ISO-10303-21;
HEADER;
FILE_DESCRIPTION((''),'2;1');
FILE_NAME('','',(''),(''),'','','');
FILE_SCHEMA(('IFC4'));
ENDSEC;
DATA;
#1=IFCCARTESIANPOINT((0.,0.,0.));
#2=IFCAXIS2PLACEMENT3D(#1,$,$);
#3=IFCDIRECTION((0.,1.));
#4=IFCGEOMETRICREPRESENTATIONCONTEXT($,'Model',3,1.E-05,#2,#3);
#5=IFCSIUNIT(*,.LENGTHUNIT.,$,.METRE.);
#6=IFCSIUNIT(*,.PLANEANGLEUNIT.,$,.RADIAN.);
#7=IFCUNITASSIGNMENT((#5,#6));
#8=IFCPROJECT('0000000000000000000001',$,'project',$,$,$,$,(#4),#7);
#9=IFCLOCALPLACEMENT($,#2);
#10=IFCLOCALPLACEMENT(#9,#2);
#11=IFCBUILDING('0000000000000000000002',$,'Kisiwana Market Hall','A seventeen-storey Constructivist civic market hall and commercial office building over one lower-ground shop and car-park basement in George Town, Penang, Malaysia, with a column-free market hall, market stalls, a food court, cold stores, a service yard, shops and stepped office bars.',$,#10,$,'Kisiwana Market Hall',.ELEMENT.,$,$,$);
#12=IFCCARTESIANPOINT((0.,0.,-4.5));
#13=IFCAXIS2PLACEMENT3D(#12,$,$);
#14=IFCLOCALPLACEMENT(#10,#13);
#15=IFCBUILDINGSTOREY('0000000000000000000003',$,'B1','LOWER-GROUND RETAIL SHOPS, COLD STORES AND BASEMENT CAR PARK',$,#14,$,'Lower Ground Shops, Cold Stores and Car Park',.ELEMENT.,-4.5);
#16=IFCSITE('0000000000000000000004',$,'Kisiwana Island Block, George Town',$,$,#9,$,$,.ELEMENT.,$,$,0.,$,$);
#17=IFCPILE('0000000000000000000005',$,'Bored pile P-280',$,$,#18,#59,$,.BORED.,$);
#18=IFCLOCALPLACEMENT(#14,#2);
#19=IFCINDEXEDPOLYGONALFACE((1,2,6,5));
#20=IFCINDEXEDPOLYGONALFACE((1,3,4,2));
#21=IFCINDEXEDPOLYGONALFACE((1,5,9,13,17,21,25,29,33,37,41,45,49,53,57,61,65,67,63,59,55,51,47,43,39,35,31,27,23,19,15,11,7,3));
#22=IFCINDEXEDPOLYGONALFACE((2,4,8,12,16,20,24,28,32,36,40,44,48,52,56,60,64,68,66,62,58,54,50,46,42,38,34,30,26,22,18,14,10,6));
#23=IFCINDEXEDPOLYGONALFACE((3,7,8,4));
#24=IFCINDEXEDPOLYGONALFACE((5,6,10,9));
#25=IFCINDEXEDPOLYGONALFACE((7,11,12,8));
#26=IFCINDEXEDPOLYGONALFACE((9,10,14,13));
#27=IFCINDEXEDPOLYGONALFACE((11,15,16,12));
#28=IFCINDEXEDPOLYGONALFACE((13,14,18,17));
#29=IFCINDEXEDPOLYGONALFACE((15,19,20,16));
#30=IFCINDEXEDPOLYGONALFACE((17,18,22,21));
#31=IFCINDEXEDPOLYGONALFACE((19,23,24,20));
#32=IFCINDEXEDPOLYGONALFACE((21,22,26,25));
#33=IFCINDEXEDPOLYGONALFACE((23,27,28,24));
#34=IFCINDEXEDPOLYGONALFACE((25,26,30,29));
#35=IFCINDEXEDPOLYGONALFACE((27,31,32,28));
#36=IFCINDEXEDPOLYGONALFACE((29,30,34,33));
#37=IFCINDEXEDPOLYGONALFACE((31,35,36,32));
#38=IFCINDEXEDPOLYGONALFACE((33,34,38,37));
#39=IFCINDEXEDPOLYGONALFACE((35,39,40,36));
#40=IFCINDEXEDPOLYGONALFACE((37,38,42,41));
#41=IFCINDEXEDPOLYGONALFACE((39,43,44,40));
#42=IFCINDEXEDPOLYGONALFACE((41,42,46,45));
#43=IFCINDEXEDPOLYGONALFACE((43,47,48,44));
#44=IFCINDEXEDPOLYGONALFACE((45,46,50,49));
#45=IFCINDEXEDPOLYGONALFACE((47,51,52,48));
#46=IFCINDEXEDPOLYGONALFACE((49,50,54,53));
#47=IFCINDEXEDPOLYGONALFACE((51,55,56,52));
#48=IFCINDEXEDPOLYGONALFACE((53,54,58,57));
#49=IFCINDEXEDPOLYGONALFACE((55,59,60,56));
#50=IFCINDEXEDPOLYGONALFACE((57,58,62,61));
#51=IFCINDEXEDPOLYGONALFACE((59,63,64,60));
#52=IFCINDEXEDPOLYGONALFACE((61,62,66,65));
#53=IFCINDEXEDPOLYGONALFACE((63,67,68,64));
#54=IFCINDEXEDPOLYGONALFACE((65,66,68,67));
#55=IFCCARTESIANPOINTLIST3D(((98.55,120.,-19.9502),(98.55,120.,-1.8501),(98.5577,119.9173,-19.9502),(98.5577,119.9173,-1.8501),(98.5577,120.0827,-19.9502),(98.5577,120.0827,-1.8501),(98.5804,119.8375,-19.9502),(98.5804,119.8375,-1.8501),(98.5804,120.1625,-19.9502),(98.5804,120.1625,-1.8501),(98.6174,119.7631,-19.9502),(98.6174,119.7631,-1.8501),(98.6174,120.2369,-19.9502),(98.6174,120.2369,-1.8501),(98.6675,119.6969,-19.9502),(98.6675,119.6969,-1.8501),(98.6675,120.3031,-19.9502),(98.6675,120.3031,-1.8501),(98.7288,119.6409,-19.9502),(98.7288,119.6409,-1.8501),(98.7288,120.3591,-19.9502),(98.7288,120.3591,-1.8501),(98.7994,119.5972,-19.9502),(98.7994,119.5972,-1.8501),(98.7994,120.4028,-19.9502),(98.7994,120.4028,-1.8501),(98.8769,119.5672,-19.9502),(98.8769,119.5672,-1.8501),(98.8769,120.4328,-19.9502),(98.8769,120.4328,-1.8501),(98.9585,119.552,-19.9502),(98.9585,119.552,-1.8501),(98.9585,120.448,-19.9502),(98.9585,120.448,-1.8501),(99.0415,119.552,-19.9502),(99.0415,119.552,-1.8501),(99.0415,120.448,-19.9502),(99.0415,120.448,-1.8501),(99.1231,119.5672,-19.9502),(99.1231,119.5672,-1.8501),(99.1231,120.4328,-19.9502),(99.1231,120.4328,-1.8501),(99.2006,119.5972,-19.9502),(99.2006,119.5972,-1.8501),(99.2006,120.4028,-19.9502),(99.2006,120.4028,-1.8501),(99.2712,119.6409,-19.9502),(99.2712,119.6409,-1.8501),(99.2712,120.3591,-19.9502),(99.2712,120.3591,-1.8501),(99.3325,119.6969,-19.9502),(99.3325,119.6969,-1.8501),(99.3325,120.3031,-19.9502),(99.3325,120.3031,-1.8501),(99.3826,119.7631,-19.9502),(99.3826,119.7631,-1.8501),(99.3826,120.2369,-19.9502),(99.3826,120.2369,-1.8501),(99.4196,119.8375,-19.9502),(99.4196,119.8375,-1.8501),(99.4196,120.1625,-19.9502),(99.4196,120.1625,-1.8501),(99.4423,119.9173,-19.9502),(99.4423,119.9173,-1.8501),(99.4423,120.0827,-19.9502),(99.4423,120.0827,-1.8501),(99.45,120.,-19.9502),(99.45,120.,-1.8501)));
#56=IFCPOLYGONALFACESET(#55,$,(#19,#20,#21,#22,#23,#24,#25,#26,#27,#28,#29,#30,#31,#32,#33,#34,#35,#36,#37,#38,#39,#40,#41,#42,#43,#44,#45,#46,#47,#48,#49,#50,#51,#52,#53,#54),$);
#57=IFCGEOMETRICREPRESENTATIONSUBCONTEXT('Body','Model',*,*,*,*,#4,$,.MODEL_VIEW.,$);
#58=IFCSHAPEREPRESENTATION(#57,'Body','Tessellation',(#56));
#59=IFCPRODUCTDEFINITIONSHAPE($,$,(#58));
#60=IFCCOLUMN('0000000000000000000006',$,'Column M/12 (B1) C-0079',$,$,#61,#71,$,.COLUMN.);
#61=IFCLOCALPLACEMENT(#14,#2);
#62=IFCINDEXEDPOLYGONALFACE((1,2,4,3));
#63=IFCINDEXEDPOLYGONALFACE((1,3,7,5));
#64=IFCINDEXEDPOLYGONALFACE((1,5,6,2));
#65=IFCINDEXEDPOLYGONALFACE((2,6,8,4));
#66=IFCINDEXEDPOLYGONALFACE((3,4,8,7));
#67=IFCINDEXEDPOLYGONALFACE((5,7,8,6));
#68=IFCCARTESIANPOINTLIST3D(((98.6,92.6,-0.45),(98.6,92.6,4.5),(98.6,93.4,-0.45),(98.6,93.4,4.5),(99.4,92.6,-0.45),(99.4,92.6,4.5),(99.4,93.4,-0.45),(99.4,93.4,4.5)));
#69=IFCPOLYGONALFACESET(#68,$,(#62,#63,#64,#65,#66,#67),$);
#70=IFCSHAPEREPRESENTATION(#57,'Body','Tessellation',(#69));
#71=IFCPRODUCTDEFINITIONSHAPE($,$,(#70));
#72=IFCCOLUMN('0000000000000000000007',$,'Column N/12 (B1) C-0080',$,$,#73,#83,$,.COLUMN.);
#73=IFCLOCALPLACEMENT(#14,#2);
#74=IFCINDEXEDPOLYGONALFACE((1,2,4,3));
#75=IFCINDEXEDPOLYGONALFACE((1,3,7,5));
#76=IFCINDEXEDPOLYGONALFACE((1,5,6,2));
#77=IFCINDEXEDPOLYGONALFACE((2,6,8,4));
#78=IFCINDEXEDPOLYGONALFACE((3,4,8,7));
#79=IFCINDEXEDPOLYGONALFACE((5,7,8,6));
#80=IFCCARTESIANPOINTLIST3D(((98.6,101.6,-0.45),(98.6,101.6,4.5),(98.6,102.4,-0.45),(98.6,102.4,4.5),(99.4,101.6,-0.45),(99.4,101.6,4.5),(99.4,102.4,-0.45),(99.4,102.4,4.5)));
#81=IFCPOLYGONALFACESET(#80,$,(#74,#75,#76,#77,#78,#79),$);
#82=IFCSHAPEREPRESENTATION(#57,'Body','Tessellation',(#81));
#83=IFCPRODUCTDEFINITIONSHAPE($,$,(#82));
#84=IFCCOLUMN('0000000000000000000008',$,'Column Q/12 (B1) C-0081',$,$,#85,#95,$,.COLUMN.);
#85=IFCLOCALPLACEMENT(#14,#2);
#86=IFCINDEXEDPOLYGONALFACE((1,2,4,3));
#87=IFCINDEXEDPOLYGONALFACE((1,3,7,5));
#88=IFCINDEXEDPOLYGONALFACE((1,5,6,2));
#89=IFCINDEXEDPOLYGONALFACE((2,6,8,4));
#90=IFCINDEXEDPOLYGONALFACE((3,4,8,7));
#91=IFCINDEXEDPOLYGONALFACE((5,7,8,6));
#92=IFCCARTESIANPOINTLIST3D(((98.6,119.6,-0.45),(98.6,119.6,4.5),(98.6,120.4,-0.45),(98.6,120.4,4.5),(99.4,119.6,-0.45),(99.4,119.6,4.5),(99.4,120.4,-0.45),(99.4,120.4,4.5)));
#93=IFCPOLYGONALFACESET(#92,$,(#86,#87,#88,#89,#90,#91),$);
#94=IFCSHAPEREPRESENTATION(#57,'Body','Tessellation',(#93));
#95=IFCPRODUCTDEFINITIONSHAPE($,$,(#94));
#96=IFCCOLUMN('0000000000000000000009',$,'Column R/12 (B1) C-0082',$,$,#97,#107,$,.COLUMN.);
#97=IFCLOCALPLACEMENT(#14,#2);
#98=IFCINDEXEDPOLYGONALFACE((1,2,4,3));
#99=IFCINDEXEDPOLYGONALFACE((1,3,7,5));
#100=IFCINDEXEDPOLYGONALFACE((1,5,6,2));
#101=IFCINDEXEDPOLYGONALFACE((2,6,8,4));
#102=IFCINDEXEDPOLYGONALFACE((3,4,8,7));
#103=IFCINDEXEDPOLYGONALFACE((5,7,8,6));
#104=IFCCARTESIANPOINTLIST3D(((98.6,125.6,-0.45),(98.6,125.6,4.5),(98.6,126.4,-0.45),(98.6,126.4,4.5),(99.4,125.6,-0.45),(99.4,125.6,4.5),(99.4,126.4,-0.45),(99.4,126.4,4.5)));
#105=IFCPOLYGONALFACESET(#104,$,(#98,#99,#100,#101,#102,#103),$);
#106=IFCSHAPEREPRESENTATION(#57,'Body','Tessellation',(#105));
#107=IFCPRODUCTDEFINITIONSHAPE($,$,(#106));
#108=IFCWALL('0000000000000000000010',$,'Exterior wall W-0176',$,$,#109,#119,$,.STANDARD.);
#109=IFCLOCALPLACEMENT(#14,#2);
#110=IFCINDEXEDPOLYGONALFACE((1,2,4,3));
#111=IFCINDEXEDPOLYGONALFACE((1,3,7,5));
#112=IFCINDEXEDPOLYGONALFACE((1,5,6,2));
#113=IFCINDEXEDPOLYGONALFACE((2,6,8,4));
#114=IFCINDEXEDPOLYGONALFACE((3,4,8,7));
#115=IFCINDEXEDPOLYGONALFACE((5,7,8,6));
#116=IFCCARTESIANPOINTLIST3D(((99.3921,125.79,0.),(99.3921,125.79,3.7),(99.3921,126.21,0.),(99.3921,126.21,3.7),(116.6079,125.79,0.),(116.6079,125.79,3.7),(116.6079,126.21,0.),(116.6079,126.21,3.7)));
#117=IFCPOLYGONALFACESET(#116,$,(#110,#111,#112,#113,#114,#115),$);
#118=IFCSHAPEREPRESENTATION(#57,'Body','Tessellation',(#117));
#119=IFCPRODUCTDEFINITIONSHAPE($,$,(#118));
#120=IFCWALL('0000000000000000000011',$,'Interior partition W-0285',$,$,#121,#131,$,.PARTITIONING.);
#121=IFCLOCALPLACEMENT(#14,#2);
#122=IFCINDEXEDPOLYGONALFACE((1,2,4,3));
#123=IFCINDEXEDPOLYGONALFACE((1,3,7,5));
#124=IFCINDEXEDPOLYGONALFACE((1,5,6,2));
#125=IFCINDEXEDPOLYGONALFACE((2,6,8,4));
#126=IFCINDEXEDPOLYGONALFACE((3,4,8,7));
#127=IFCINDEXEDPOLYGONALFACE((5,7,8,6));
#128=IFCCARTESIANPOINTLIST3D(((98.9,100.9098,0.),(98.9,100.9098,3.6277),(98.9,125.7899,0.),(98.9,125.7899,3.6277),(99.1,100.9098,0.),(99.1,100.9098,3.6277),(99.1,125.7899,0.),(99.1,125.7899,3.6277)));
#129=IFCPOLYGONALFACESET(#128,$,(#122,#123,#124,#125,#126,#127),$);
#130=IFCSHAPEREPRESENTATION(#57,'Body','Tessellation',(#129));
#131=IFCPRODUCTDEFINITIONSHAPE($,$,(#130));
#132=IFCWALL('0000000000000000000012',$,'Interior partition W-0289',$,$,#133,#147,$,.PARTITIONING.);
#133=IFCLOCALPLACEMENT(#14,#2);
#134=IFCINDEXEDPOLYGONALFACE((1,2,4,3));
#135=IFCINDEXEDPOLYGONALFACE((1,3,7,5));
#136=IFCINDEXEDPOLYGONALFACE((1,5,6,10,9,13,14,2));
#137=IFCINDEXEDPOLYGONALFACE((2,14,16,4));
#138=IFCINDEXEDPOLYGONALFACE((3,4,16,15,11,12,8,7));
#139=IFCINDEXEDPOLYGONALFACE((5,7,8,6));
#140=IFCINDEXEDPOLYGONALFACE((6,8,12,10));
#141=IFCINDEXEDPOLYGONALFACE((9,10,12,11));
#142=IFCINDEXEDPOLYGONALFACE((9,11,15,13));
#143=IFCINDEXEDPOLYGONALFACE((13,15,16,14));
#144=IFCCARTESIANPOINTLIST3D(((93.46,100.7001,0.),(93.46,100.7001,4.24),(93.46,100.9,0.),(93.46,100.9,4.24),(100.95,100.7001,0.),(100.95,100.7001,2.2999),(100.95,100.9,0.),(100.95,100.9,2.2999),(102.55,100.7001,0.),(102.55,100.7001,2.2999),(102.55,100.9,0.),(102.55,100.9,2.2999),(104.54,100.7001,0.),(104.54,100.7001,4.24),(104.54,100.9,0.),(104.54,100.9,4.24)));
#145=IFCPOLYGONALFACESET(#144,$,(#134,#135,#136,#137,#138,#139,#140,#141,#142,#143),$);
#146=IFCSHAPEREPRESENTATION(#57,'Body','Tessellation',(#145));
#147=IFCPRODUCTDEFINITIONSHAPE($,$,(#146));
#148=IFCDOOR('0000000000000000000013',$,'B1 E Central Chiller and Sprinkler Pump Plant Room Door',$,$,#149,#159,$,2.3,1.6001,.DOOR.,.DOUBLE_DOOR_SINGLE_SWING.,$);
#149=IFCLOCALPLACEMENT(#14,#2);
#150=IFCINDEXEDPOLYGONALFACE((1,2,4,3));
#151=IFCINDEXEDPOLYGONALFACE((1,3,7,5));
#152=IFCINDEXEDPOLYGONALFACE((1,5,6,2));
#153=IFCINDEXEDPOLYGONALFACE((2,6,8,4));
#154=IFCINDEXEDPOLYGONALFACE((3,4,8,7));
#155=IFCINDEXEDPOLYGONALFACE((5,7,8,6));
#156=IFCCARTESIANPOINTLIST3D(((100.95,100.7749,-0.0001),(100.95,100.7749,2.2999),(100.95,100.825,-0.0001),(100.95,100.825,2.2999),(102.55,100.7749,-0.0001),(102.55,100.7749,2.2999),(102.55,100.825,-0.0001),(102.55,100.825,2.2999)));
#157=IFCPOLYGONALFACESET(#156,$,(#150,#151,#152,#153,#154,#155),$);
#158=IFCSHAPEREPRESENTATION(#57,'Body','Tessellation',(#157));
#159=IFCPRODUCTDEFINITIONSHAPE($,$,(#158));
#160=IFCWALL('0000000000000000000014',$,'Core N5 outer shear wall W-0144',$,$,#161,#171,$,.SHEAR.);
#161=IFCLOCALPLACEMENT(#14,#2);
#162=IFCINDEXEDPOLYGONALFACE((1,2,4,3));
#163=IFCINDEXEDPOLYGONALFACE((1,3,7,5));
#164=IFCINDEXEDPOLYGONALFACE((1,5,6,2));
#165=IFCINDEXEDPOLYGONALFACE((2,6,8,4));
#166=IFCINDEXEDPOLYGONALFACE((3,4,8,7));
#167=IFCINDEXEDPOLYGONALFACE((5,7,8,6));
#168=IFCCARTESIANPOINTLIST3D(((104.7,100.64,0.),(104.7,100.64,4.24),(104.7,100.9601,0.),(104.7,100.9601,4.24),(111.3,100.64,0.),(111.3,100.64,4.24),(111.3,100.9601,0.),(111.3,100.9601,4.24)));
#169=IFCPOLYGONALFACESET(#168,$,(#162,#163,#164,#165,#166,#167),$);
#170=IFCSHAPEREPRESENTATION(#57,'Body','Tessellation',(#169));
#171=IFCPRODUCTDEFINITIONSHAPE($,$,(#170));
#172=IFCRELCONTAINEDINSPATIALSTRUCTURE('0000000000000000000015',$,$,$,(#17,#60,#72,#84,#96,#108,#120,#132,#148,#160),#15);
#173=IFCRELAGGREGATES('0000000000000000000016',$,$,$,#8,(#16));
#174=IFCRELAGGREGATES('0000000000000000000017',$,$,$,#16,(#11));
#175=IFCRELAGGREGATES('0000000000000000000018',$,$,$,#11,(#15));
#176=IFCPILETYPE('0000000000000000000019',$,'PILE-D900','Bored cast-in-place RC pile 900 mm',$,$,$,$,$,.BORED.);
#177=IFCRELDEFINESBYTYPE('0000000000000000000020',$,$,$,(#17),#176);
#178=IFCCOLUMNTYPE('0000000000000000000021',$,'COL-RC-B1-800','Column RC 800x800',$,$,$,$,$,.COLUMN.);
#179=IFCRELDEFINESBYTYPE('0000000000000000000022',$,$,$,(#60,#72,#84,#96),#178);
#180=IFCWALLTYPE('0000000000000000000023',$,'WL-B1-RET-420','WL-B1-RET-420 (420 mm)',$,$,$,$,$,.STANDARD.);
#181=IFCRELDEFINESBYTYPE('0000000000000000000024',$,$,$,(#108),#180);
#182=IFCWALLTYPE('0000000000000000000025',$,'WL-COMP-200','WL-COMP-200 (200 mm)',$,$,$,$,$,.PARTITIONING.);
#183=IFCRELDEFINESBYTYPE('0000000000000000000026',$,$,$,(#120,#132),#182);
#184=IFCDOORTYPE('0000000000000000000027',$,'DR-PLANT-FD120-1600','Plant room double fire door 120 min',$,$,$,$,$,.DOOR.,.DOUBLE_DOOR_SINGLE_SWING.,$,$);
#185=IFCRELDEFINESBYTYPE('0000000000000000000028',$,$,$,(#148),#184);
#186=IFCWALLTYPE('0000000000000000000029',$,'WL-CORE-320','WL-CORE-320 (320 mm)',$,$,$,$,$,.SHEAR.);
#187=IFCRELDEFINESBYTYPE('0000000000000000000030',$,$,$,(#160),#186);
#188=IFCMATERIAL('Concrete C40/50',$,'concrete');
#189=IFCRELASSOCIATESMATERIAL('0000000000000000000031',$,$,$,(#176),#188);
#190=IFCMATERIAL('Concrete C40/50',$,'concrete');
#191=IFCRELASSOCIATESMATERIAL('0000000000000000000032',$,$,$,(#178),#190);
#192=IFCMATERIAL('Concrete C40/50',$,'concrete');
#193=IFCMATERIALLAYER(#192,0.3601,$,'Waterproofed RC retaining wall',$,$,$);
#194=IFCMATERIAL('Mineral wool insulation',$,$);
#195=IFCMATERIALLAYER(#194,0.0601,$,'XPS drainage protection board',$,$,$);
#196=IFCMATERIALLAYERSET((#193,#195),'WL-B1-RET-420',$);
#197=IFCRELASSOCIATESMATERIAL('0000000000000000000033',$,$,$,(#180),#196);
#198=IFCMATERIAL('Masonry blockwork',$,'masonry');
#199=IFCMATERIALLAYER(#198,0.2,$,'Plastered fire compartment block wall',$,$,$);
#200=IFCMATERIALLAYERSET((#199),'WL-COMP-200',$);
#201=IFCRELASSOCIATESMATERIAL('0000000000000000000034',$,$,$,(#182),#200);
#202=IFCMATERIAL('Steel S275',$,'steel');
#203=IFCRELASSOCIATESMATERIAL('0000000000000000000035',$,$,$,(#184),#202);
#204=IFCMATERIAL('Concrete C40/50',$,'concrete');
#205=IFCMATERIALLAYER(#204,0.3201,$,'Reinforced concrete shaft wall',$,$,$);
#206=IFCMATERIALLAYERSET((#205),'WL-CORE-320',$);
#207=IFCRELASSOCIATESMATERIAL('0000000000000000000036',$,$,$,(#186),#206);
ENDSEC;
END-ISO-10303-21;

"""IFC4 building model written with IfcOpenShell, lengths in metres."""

from ifc_helpers import new_model, si_unit, direction, frame, frame_2d, origin, origin_2d, place, context, subcontext, project, spatial, rectangle, circle, extrude, material, layer, layer_set, material_profile, profile_set, type_object, element, fill, save


model = new_model("IFC4")

# Units and contexts
model_context = context("Model", 3, precision=1e-05, world=origin(), true_north=direction((0.0, 1.0)))
body_context = subcontext(model_context, "Body", "Model", "MODEL_VIEW")
ifc_project = project(units=[si_unit("LENGTHUNIT", "METRE"), si_unit("PLANEANGLEUNIT", "RADIAN")], contexts=[model_context])

# Site, building, storey
site_placement = place(None, origin())
site = spatial("IfcSite", under=ifc_project, at=site_placement, Name="Kisiwana Island Block, George Town", CompositionType="ELEMENT", RefElevation=0.0)
building_placement = place(site_placement, origin())
building = spatial("IfcBuilding", under=site, at=building_placement, Name="Kisiwana Market Hall", Description="A seventeen-storey Constructivist civic market hall and commercial office building over one lower-ground shop and car-park basement in George Town, Penang, Malaysia, with a column-free market hall, market stalls, a food court, cold stores, a service yard, shops and stepped office bars.", LongName="Kisiwana Market Hall", CompositionType="ELEMENT")
storey_placement = place(building_placement, frame((0.0, 0.0, -4.5)))
storey = spatial("IfcBuildingStorey", under=building, at=storey_placement, Name="B1", Description="LOWER-GROUND RETAIL SHOPS, COLD STORES AND BASEMENT CAR PARK", LongName="Lower Ground Shops, Cold Stores and Car Park", CompositionType="ELEMENT", Elevation=-4.5)

# Pile
ifc_material_1 = material(Name="Concrete C40/50", Category="concrete")
ifc_material_profile_1 = material_profile(ifc_material_1, circle(Radius=0.45, at=origin_2d()), Name="BP D900")
ifc_profile_set_1 = profile_set([ifc_material_profile_1], Name="Concrete C40/50")
pile_type_1 = type_object("IfcPileType", Name="PILE-D900", Description="Bored cast-in-place RC pile 900 mm", PredefinedType="BORED", material=ifc_profile_set_1)
for number, where, z_axis, x_axis, name in (
    (1, (99.0, 120.0, -1.8501), (0.0, 0.0, -1.0), (1.0, 0.0, 0.0), "Bored pile P-280"),
):
    element("IfcPile", number, at=place(storey_placement, frame(where, z_axis=z_axis, x_axis=x_axis)), inside=storey, type_object=pile_type_1, Name=name, PredefinedType="BORED", context=body_context, shape_type="SweptSolid", body=[
        extrude(circle(Radius=0.45, at=origin_2d()), origin(), (0.0, 0.0, 1.0), 18.1001),
    ])

# Columns
ifc_material_2 = material(Name="Concrete C40/50", Category="concrete")
ifc_material_profile_2 = material_profile(ifc_material_2, rectangle(XDim=0.8, YDim=0.8, at=origin_2d()), Name="RC 800x800")
ifc_profile_set_2 = profile_set([ifc_material_profile_2], Name="Concrete C40/50")
column_type = type_object("IfcColumnType", Name="COL-RC-B1-800", Description="Column RC 800x800", PredefinedType="COLUMN", material=ifc_profile_set_2)
for number, where, z_axis, x_axis, name in (
    (2, (99.0, 93.0, -0.45), (0.0, 0.0, 1.0), (1.0, 0.0, 0.0), "Column M/12 (B1) C-0079"),
    (3, (99.0, 102.0, -0.45), (0.0, 0.0, 1.0), (1.0, 0.0, 0.0), "Column N/12 (B1) C-0080"),
    (4, (99.0, 120.0, -0.45), (0.0, 0.0, 1.0), (1.0, 0.0, 0.0), "Column Q/12 (B1) C-0081"),
    (5, (99.0, 126.0, -0.45), (0.0, 0.0, 1.0), (1.0, 0.0, 0.0), "Column R/12 (B1) C-0082"),
):
    element("IfcColumn", number, at=place(storey_placement, frame(where, z_axis=z_axis, x_axis=x_axis)), inside=storey, type_object=column_type, Name=name, PredefinedType="COLUMN", context=body_context, shape_type="SweptSolid", body=[
        extrude(rectangle(XDim=0.8, YDim=0.8, at=origin_2d()), origin(), (0.0, 0.0, 1.0), 4.95),
    ])

# Walls
ifc_material_3 = material(Name="Concrete C40/50", Category="concrete")
ifc_layer_1 = layer(ifc_material_3, 0.3601, Name="Waterproofed RC retaining wall")
ifc_material_4 = material(Name="Mineral wool insulation")
ifc_layer_2 = layer(ifc_material_4, 0.0601, Name="XPS drainage protection board")
ifc_layer_set_1 = layer_set([ifc_layer_1, ifc_layer_2], Name="WL-B1-RET-420")
wall_type_1 = type_object("IfcWallType", Name="WL-B1-RET-420", Description="WL-B1-RET-420 (420 mm)", PredefinedType="STANDARD", material=ifc_layer_set_1)
wall_1_placement = place(storey_placement, frame((99.3921, 126.0, 0.0), z_axis=(0.0, 0.0, 1.0), x_axis=(1.0, 0.0, 0.0)))
element("IfcWall", 6, at=wall_1_placement, inside=storey, type_object=wall_type_1, Name="Exterior wall W-0176", PredefinedType="STANDARD", context=body_context, shape_type="SweptSolid", body=[
    extrude(rectangle(XDim=17.2158, YDim=0.4199, at=frame_2d((8.6079, 0.0))), origin(), (0.0, 0.0, 1.0), 3.7),
])
ifc_material_5 = material(Name="Masonry blockwork", Category="masonry")
ifc_layer_3 = layer(ifc_material_5, 0.2, Name="Plastered fire compartment block wall")
ifc_layer_set_2 = layer_set([ifc_layer_3], Name="WL-COMP-200")
wall_type_2 = type_object("IfcWallType", Name="WL-COMP-200", Description="WL-COMP-200 (200 mm)", PredefinedType="PARTITIONING", material=ifc_layer_set_2)
wall_2_placement = place(storey_placement, frame((99.0, 100.9099, 0.0), z_axis=(0.0, 0.0, 1.0), x_axis=(0.0, 1.0, 0.0)))
element("IfcWall", 7, at=wall_2_placement, inside=storey, type_object=wall_type_2, Name="Interior partition W-0285", PredefinedType="PARTITIONING", context=body_context, shape_type="SweptSolid", body=[
    extrude(rectangle(XDim=24.8801, YDim=0.2, at=frame_2d((12.4399, 0.0))), origin(), (0.0, 0.0, 1.0), 3.6277),
])

# Wall, opening, door
wall_3_placement = place(storey_placement, frame((93.46, 100.8, 0.0), z_axis=(0.0, 0.0, 1.0), x_axis=(1.0, 0.0, 0.0)))
wall_3 = element("IfcWall", 8, at=wall_3_placement, inside=storey, type_object=wall_type_2, Name="Interior partition W-0289", PredefinedType="PARTITIONING", context=body_context, shape_type="SweptSolid", body=[
    extrude(rectangle(XDim=11.0801, YDim=0.2, at=frame_2d((5.54, 0.0))), origin(), (0.0, 0.0, 1.0), 4.24),
])
opening_placement = place(wall_3_placement, frame((7.49, 0.0, 0.0)))
opening = element("IfcOpeningElement", 9, at=opening_placement, cuts=wall_3, PredefinedType="OPENING", context=body_context, shape_type="SweptSolid", body=[
    extrude(rectangle(XDim=1.6001, YDim=2.3, at=frame_2d((0.8, 1.1499))), frame((0.0, 0.1118, 0.0), z_axis=(0.0, -1.0, 0.0), x_axis=(1.0, 0.0, 0.0)), (0.0, 0.0, 1.0), 0.2239),
])
ifc_material_6 = material(Name="Steel S275", Category="steel")
door_type = type_object("IfcDoorType", Name="DR-PLANT-FD120-1600", Description="Plant room double fire door 120 min", OperationType="DOUBLE_DOOR_SINGLE_SWING", PredefinedType="DOOR", material=ifc_material_6)
door_placement = place(opening_placement, origin())
door = element("IfcDoor", 10, at=door_placement, inside=storey, type_object=door_type, Name="B1 E Central Chiller and Sprinkler Pump Plant Room Door", OperationType="DOUBLE_DOOR_SINGLE_SWING", OverallHeight=2.3, OverallWidth=1.6001, PredefinedType="DOOR", context=body_context, shape_type="SweptSolid", body=[
    extrude(rectangle(XDim=1.6001, YDim=2.3, at=frame_2d((0.8, 1.1499))), frame((0.0, 0.0249, 0.0), z_axis=(0.0, -1.0, 0.0), x_axis=(1.0, 0.0, 0.0)), (0.0, 0.0, 1.0), 0.05),
])
fill(opening, door)

# Wall
ifc_material_7 = material(Name="Concrete C40/50", Category="concrete")
ifc_layer_4 = layer(ifc_material_7, 0.3201, Name="Reinforced concrete shaft wall")
ifc_layer_set_3 = layer_set([ifc_layer_4], Name="WL-CORE-320")
wall_type_3 = type_object("IfcWallType", Name="WL-CORE-320", Description="WL-CORE-320 (320 mm)", PredefinedType="SHEAR", material=ifc_layer_set_3)
wall_4_placement = place(storey_placement, frame((104.7, 100.8, 0.0), z_axis=(0.0, 0.0, 1.0), x_axis=(1.0, 0.0, 0.0)))
element("IfcWall", 11, at=wall_4_placement, inside=storey, type_object=wall_type_3, Name="Core N5 outer shear wall W-0144", PredefinedType="SHEAR", context=body_context, shape_type="SweptSolid", body=[
    extrude(rectangle(XDim=6.6001, YDim=0.3201, at=frame_2d((3.3, 0.0))), origin(), (0.0, 0.0, 1.0), 4.24),
])

save(model, "model.ifc")
